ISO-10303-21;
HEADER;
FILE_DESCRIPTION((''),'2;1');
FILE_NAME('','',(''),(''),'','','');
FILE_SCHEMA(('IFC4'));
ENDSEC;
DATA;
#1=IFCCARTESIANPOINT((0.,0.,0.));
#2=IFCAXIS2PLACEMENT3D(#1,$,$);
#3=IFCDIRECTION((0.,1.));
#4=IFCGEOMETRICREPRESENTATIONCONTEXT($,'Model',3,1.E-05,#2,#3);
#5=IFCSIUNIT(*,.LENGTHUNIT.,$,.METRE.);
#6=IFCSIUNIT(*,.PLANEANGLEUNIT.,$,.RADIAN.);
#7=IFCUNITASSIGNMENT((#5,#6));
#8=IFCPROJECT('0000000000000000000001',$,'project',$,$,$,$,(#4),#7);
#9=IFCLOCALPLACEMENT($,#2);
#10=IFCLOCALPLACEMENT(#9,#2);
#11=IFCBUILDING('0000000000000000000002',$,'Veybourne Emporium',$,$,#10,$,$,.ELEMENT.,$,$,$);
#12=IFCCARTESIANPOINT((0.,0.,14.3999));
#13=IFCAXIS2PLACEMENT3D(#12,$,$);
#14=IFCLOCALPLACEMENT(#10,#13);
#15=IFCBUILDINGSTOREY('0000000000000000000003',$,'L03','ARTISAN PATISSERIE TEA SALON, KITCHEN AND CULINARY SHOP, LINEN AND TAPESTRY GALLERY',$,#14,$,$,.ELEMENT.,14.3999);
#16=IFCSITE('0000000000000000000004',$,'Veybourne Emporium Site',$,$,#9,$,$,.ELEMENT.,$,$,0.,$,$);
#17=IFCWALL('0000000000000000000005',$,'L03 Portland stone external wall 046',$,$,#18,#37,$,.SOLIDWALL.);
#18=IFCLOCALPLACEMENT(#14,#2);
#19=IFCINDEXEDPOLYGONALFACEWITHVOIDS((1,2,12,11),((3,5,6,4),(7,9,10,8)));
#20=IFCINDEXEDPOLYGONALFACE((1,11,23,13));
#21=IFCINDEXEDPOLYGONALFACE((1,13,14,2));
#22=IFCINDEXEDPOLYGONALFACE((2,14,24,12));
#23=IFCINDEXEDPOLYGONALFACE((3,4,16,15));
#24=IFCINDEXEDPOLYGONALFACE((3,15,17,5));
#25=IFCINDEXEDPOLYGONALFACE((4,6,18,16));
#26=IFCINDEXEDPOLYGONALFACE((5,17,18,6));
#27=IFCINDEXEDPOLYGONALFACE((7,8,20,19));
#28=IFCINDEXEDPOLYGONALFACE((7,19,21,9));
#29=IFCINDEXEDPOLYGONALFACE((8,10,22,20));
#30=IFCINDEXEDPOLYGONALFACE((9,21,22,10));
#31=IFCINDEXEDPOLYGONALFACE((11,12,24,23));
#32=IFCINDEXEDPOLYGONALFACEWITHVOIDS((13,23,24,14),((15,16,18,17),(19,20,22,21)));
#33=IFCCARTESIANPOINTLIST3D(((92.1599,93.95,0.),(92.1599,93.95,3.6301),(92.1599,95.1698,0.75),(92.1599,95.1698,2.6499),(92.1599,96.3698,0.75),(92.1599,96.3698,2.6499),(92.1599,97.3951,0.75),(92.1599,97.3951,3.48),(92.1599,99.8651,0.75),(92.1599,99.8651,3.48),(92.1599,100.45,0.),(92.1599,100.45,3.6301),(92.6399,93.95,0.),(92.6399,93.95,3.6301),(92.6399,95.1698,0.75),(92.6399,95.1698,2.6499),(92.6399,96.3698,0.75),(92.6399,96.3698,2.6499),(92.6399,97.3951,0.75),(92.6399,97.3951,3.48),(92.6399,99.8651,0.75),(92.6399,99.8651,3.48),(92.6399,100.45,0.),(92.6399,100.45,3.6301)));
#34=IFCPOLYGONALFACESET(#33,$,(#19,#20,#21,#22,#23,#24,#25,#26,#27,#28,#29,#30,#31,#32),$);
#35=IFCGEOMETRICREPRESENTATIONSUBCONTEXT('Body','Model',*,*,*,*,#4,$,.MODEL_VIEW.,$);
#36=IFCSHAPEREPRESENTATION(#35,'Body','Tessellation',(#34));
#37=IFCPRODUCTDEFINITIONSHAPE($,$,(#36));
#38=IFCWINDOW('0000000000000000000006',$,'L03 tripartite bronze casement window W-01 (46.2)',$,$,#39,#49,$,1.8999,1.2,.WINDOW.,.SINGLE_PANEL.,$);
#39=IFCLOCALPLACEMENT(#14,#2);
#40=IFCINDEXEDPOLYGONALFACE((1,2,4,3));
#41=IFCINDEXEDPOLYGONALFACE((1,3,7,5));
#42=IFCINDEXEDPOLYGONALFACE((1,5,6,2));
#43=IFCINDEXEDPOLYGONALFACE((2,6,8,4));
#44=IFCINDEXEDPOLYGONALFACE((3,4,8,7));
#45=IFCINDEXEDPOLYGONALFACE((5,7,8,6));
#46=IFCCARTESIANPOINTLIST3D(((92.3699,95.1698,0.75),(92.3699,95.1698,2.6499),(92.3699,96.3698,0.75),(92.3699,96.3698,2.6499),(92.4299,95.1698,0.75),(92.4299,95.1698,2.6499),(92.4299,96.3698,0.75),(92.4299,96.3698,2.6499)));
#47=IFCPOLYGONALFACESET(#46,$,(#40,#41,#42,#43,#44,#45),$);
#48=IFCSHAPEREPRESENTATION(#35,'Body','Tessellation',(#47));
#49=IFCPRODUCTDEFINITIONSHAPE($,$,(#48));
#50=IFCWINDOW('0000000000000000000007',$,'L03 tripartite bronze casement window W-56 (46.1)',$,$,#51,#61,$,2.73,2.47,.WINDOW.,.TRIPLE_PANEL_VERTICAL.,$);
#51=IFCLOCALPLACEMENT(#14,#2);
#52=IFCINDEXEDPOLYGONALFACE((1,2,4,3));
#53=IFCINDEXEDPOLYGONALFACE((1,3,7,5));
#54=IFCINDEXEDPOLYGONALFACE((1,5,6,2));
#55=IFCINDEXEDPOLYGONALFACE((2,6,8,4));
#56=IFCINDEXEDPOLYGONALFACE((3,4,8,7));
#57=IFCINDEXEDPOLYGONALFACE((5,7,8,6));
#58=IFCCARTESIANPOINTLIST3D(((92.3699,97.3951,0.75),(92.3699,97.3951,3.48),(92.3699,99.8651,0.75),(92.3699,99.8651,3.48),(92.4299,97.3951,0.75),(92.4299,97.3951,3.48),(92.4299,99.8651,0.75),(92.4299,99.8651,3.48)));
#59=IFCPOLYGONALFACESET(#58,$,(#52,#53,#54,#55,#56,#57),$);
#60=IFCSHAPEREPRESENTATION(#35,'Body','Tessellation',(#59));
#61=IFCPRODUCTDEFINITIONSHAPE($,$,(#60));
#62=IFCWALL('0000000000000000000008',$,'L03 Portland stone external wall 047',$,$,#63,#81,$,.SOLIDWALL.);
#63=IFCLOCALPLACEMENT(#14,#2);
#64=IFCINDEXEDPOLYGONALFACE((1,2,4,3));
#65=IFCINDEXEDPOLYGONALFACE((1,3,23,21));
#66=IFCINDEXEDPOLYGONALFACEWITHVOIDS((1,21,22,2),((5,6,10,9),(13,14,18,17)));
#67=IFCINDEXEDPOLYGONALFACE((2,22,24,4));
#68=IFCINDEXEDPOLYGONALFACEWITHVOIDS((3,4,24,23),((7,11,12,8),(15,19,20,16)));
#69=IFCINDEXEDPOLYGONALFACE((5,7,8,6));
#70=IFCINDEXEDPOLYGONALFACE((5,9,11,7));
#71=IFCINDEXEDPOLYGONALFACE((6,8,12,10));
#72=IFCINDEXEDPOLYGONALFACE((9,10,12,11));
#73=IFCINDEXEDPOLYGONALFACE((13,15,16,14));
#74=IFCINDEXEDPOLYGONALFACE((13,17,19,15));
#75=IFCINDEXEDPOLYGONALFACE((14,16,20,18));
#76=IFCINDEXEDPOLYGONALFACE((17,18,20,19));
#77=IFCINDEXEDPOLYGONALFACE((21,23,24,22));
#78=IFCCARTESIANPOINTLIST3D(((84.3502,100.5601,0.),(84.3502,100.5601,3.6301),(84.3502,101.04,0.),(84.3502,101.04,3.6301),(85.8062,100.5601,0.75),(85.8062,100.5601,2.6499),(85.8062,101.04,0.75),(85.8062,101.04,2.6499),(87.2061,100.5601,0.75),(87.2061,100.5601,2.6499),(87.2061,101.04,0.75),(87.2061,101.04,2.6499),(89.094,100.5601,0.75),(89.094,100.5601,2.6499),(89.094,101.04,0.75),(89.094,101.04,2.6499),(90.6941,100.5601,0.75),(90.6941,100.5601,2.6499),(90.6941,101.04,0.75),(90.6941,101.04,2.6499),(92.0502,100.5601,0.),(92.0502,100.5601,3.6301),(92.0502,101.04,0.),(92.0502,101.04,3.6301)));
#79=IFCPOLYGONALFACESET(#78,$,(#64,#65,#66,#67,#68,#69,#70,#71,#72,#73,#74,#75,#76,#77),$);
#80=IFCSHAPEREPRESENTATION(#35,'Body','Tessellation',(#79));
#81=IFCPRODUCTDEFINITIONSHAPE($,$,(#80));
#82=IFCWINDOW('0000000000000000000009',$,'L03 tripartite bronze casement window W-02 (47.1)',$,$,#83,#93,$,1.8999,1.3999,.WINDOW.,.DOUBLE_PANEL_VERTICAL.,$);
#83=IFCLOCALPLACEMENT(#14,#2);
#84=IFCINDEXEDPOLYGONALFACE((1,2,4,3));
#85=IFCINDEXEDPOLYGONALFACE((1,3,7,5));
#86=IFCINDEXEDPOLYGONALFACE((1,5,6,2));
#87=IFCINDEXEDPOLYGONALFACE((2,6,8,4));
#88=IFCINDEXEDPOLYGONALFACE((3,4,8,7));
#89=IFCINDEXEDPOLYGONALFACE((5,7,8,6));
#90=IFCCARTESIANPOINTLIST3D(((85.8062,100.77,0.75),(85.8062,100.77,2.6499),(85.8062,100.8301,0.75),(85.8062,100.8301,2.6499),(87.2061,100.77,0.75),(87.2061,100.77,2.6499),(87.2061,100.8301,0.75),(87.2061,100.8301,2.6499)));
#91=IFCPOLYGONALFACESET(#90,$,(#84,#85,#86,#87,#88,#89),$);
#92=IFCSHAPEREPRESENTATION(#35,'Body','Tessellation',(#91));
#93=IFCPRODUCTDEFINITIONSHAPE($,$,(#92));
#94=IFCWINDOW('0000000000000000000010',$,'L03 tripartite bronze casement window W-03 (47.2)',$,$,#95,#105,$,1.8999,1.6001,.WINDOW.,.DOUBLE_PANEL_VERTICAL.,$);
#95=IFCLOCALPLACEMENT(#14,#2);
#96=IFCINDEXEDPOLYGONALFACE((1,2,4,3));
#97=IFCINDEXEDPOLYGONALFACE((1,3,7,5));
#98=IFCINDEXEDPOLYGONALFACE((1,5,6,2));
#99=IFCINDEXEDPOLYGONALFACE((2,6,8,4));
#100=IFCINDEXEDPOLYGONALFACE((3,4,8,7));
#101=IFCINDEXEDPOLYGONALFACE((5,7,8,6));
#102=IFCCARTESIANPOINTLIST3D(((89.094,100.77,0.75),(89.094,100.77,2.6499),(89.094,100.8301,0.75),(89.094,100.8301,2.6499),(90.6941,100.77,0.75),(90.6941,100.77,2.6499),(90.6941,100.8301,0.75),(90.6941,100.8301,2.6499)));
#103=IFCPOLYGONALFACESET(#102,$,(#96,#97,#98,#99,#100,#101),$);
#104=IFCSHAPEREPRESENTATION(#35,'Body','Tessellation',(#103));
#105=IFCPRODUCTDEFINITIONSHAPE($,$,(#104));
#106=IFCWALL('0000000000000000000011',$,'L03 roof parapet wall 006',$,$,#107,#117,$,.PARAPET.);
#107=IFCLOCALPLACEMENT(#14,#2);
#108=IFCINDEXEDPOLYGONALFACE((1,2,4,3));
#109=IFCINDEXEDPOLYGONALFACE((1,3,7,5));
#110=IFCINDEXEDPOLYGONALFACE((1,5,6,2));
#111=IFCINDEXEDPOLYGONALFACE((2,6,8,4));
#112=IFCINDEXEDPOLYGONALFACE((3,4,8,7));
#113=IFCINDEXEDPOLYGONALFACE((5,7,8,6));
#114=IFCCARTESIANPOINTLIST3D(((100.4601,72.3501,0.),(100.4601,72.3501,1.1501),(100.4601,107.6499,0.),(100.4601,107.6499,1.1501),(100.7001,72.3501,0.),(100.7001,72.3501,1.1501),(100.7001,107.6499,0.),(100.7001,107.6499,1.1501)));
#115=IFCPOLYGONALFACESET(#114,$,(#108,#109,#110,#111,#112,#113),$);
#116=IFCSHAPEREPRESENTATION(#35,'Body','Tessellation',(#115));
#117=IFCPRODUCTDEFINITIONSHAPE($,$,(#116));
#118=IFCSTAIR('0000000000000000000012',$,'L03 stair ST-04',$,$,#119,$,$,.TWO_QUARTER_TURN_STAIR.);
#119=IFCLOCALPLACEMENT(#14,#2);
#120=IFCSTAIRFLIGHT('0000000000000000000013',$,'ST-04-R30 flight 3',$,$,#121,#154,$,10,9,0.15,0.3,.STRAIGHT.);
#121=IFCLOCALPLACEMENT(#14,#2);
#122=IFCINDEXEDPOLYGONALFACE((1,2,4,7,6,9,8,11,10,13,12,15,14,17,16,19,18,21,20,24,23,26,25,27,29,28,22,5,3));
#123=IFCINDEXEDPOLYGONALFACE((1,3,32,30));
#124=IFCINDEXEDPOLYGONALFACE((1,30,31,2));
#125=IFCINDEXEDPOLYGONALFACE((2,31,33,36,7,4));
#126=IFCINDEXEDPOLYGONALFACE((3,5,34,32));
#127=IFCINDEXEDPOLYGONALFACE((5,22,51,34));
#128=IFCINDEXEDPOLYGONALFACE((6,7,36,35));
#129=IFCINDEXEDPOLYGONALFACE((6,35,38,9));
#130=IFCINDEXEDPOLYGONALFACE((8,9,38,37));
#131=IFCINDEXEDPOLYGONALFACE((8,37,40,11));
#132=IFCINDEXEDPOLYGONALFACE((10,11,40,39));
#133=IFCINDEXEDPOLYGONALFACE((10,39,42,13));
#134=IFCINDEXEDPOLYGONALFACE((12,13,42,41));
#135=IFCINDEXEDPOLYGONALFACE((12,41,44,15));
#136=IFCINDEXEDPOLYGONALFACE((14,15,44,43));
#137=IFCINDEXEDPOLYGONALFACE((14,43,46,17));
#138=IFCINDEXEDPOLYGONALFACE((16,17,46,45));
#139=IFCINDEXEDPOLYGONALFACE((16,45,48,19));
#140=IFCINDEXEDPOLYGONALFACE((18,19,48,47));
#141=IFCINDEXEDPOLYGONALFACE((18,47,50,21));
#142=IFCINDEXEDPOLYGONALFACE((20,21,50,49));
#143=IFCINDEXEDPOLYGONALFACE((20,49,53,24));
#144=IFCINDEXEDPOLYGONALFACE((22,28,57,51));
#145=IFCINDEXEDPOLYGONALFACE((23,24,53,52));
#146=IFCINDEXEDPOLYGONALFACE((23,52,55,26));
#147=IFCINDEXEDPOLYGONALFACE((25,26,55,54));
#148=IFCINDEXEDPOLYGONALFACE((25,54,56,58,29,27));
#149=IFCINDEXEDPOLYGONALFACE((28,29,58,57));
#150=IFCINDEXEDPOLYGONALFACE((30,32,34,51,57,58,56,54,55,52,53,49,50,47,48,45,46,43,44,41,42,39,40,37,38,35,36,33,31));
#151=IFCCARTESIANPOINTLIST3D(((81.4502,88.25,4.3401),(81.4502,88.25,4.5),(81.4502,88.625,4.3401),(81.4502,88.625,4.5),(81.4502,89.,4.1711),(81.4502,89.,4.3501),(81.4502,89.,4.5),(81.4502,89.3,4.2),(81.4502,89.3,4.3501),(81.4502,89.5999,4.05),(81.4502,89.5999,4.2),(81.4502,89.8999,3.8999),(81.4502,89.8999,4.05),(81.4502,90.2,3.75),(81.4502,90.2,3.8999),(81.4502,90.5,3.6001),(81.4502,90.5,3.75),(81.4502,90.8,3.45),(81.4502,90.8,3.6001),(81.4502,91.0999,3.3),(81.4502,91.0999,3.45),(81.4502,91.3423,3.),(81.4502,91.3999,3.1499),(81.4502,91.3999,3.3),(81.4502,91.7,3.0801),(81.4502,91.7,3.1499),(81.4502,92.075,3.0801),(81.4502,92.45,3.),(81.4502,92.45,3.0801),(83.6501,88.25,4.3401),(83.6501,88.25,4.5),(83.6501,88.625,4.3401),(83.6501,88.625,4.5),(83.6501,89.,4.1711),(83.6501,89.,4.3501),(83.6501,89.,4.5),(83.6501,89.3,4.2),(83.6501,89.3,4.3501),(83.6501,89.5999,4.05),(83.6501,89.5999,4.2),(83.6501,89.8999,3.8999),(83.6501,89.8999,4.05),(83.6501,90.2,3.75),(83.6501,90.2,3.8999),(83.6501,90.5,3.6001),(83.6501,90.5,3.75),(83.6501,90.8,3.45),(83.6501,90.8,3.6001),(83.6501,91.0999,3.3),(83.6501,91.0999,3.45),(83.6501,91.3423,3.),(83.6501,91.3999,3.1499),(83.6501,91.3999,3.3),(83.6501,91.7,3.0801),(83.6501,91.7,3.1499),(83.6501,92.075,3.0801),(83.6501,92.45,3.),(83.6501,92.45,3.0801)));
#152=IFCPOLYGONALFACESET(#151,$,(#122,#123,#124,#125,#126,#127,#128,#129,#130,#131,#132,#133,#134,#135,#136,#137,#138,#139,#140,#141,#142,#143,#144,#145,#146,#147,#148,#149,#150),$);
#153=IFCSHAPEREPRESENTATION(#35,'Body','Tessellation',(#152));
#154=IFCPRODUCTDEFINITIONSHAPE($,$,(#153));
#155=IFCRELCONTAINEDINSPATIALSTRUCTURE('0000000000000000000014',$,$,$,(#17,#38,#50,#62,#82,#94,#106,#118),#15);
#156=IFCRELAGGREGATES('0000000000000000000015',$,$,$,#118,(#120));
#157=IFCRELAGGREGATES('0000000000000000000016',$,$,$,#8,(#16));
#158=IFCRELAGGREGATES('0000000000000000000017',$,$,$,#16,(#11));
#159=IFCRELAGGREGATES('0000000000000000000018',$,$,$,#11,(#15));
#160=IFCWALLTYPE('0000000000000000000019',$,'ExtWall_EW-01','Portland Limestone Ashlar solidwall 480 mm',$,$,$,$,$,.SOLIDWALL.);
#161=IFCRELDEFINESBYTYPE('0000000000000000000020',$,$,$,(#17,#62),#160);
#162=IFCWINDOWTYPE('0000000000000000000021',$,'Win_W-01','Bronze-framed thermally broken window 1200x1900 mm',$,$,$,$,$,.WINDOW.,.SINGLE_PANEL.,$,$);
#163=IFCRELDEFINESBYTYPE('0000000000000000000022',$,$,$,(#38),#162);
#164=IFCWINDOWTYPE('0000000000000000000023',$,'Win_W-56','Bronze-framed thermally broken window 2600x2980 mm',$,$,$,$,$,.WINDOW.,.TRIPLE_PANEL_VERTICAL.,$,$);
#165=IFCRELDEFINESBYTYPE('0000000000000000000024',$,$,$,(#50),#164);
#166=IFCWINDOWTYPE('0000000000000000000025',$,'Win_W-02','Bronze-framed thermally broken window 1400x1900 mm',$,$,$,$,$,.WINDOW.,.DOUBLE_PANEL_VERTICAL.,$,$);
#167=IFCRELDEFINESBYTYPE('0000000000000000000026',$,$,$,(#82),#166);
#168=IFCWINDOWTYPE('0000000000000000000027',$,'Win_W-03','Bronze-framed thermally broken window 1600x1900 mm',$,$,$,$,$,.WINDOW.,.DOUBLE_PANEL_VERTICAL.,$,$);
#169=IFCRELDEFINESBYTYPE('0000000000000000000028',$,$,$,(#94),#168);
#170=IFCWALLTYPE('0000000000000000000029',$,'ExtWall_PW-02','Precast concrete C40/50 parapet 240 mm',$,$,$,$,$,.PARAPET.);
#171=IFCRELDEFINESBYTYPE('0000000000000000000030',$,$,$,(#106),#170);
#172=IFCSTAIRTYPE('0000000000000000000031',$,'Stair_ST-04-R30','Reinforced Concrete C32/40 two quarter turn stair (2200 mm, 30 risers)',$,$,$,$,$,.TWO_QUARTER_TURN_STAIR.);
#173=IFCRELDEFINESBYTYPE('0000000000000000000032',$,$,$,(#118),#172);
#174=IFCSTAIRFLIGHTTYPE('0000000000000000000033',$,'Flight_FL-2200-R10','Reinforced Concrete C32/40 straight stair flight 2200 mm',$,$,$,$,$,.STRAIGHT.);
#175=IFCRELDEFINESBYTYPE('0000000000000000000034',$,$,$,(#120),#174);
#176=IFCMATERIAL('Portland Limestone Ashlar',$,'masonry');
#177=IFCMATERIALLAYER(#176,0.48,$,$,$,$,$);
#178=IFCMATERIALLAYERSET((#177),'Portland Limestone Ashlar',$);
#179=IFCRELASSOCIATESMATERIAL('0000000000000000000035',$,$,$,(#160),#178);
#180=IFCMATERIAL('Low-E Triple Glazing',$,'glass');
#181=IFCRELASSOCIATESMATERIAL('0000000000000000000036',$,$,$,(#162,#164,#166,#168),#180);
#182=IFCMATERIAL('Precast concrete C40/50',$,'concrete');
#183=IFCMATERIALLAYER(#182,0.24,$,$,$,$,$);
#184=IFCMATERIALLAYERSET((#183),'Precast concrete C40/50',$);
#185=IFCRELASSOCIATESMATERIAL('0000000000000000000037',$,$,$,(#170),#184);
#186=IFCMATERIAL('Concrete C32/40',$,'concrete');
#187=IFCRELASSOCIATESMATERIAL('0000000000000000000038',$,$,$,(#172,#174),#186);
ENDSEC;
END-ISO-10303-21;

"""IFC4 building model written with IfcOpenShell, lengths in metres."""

from ifc_helpers import new_model, si_unit, direction, frame, frame_2d, origin, place, context, subcontext, project, spatial, polyline, rectangle, outline, extrude, material, layer, layer_set, type_object, element, fill, aggregate, save


model = new_model("IFC4")

# Units and contexts
model_context = context("Model", 3, precision=1e-05, world=origin(), true_north=direction((0.0, 1.0)))
body_context = subcontext(model_context, "Body", "Model", "MODEL_VIEW")
ifc_project = project(units=[si_unit("LENGTHUNIT", "METRE"), si_unit("PLANEANGLEUNIT", "RADIAN")], contexts=[model_context])

# Site, building, storey
site_placement = place(None, origin())
site = spatial("IfcSite", under=ifc_project, at=site_placement, Name="Veybourne Emporium Site", CompositionType="ELEMENT", RefElevation=0.0)
building_placement = place(site_placement, origin())
building = spatial("IfcBuilding", under=site, at=building_placement, Name="Veybourne Emporium", CompositionType="ELEMENT")
storey_placement = place(building_placement, frame((0.0, 0.0, 14.3999)))
storey = spatial("IfcBuildingStorey", under=building, at=storey_placement, Name="L03", Description="ARTISAN PATISSERIE TEA SALON, KITCHEN AND CULINARY SHOP, LINEN AND TAPESTRY GALLERY", CompositionType="ELEMENT", Elevation=14.3999)

# Shared definitions
ifc_material_1 = material(Name="Concrete C32/40", Category="concrete")

# Shared definitions
ifc_material_2 = material(Name="Low-E Triple Glazing", Category="glass")

# Walls, openings, windows
ifc_material_3 = material(Name="Portland Limestone Ashlar", Category="masonry")
ifc_layer_1 = layer(ifc_material_3, 0.48)
ifc_layer_set_1 = layer_set([ifc_layer_1], Name="Portland Limestone Ashlar")
wall_type_1 = type_object("IfcWallType", Name="ExtWall_EW-01", Description="Portland Limestone Ashlar solidwall 480 mm", PredefinedType="SOLIDWALL", material=ifc_layer_set_1)
wall_1_placement = place(storey_placement, frame((92.3999, 100.45, 0.0), z_axis=(0.0, 0.0, 1.0), x_axis=(0.0, -1.0, 0.0)))
wall_1 = element("IfcWall", 1, at=wall_1_placement, inside=storey, type_object=wall_type_1, Name="L03 Portland stone external wall 046", PredefinedType="SOLIDWALL", context=body_context, shape_type="SweptSolid", body=[
    extrude(rectangle(XDim=6.5, YDim=0.48, at=frame_2d((3.25, 0.0))), origin(), (0.0, 0.0, 1.0), 3.6301),
])
opening_1_placement = place(wall_1_placement, frame((0.585, 0.0, 0.75)))
opening_1 = element("IfcOpeningElement", 2, at=opening_1_placement, cuts=wall_1, PredefinedType="OPENING", context=body_context, shape_type="SweptSolid", body=[
    extrude(rectangle(XDim=2.47, YDim=2.73, at=frame_2d((1.2349, 1.365))), frame((0.0, 0.26, 0.0), z_axis=(0.0, -1.0, 0.0), x_axis=(1.0, 0.0, 0.0)), (0.0, 0.0, 1.0), 0.52),
])
opening_2_placement = place(wall_1_placement, frame((4.0801, 0.0, 0.75)))
opening_2 = element("IfcOpeningElement", 3, at=opening_2_placement, cuts=wall_1, PredefinedType="OPENING", context=body_context, shape_type="SweptSolid", body=[
    extrude(rectangle(XDim=1.2, YDim=1.8999, at=frame_2d((0.6001, 0.95))), frame((0.0, 0.26, 0.0), z_axis=(0.0, -1.0, 0.0), x_axis=(1.0, 0.0, 0.0)), (0.0, 0.0, 1.0), 0.52),
])
window_type_1 = type_object("IfcWindowType", Name="Win_W-01", Description="Bronze-framed thermally broken window 1200x1900 mm", PartitioningType="SINGLE_PANEL", PredefinedType="WINDOW", material=ifc_material_2)
window_1_placement = place(opening_2_placement, origin())
window_1 = element("IfcWindow", 4, at=window_1_placement, inside=storey, type_object=window_type_1, Name="L03 tripartite bronze casement window W-01 (46.2)", OverallHeight=1.8999, OverallWidth=1.2, PartitioningType="SINGLE_PANEL", PredefinedType="WINDOW", context=body_context, shape_type="SweptSolid", body=[
    extrude(rectangle(XDim=1.2, YDim=1.8999, at=frame_2d((0.6001, 0.95))), frame((0.0, 0.03, 0.0), z_axis=(0.0, -1.0, 0.0), x_axis=(1.0, 0.0, 0.0)), (0.0, 0.0, 1.0), 0.0601),
])
fill(opening_2, window_1)
window_type_2 = type_object("IfcWindowType", Name="Win_W-56", Description="Bronze-framed thermally broken window 2600x2980 mm", PartitioningType="TRIPLE_PANEL_VERTICAL", PredefinedType="WINDOW", material=ifc_material_2)
window_2_placement = place(opening_1_placement, origin())
window_2 = element("IfcWindow", 5, at=window_2_placement, inside=storey, type_object=window_type_2, Name="L03 tripartite bronze casement window W-56 (46.1)", OverallHeight=2.73, OverallWidth=2.47, PartitioningType="TRIPLE_PANEL_VERTICAL", PredefinedType="WINDOW", context=body_context, shape_type="SweptSolid", body=[
    extrude(rectangle(XDim=2.47, YDim=2.73, at=frame_2d((1.2349, 1.365))), frame((0.0, 0.03, 0.0), z_axis=(0.0, -1.0, 0.0), x_axis=(1.0, 0.0, 0.0)), (0.0, 0.0, 1.0), 0.0601),
])
fill(opening_1, window_2)
wall_2_placement = place(storey_placement, frame((84.3501, 100.8, 0.0), z_axis=(0.0, 0.0, 1.0), x_axis=(1.0, 0.0, 0.0)))
wall_2 = element("IfcWall", 6, at=wall_2_placement, inside=storey, type_object=wall_type_1, Name="L03 Portland stone external wall 047", PredefinedType="SOLIDWALL", context=body_context, shape_type="SweptSolid", body=[
    extrude(rectangle(XDim=7.7, YDim=0.48, at=frame_2d((3.8501, 0.0))), origin(), (0.0, 0.0, 1.0), 3.6301),
])
opening_3_placement = place(wall_2_placement, frame((1.4561, 0.0, 0.75)))
opening_3 = element("IfcOpeningElement", 7, at=opening_3_placement, cuts=wall_2, PredefinedType="OPENING", context=body_context, shape_type="SweptSolid", body=[
    extrude(rectangle(XDim=1.3999, YDim=1.8999, at=frame_2d((0.7, 0.95))), frame((0.0, 0.26, 0.0), z_axis=(0.0, -1.0, 0.0), x_axis=(1.0, 0.0, 0.0)), (0.0, 0.0, 1.0), 0.52),
])
opening_4_placement = place(wall_2_placement, frame((4.7439, 0.0, 0.75)))
opening_4 = element("IfcOpeningElement", 8, at=opening_4_placement, cuts=wall_2, PredefinedType="OPENING", context=body_context, shape_type="SweptSolid", body=[
    extrude(rectangle(XDim=1.6001, YDim=1.8999, at=frame_2d((0.8, 0.95))), frame((0.0, 0.26, 0.0), z_axis=(0.0, -1.0, 0.0), x_axis=(1.0, 0.0, 0.0)), (0.0, 0.0, 1.0), 0.52),
])
window_type_3 = type_object("IfcWindowType", Name="Win_W-02", Description="Bronze-framed thermally broken window 1400x1900 mm", PartitioningType="DOUBLE_PANEL_VERTICAL", PredefinedType="WINDOW", material=ifc_material_2)
window_3_placement = place(opening_3_placement, origin())
window_3 = element("IfcWindow", 9, at=window_3_placement, inside=storey, type_object=window_type_3, Name="L03 tripartite bronze casement window W-02 (47.1)", OverallHeight=1.8999, OverallWidth=1.3999, PartitioningType="DOUBLE_PANEL_VERTICAL", PredefinedType="WINDOW", context=body_context, shape_type="SweptSolid", body=[
    extrude(rectangle(XDim=1.3999, YDim=1.8999, at=frame_2d((0.7, 0.95))), frame((0.0, 0.03, 0.0), z_axis=(0.0, -1.0, 0.0), x_axis=(1.0, 0.0, 0.0)), (0.0, 0.0, 1.0), 0.0601),
])
fill(opening_3, window_3)
window_type_4 = type_object("IfcWindowType", Name="Win_W-03", Description="Bronze-framed thermally broken window 1600x1900 mm", PartitioningType="DOUBLE_PANEL_VERTICAL", PredefinedType="WINDOW", material=ifc_material_2)
window_4_placement = place(opening_4_placement, origin())
window_4 = element("IfcWindow", 10, at=window_4_placement, inside=storey, type_object=window_type_4, Name="L03 tripartite bronze casement window W-03 (47.2)", OverallHeight=1.8999, OverallWidth=1.6001, PartitioningType="DOUBLE_PANEL_VERTICAL", PredefinedType="WINDOW", context=body_context, shape_type="SweptSolid", body=[
    extrude(rectangle(XDim=1.6001, YDim=1.8999, at=frame_2d((0.8, 0.95))), frame((0.0, 0.03, 0.0), z_axis=(0.0, -1.0, 0.0), x_axis=(1.0, 0.0, 0.0)), (0.0, 0.0, 1.0), 0.0601),
])
fill(opening_4, window_4)

# Wall
ifc_material_4 = material(Name="Precast concrete C40/50", Category="concrete")
ifc_layer_2 = layer(ifc_material_4, 0.24)
ifc_layer_set_2 = layer_set([ifc_layer_2], Name="Precast concrete C40/50")
wall_type_2 = type_object("IfcWallType", Name="ExtWall_PW-02", Description="Precast concrete C40/50 parapet 240 mm", PredefinedType="PARAPET", material=ifc_layer_set_2)
wall_3_placement = place(storey_placement, frame((100.5801, 107.6499, 0.0), z_axis=(0.0, 0.0, 1.0), x_axis=(0.0, -1.0, 0.0)))
element("IfcWall", 11, at=wall_3_placement, inside=storey, type_object=wall_type_2, Name="L03 roof parapet wall 006", PredefinedType="PARAPET", context=body_context, shape_type="SweptSolid", body=[
    extrude(rectangle(XDim=35.2998, YDim=0.24, at=frame_2d((17.6499, 0.0))), origin(), (0.0, 0.0, 1.0), 1.1501),
])

# Stair, stair flight
stair_type = type_object("IfcStairType", Name="Stair_ST-04-R30", Description="Reinforced Concrete C32/40 two quarter turn stair (2200 mm, 30 risers)", PredefinedType="TWO_QUARTER_TURN_STAIR", material=ifc_material_1)
stair_placement = place(storey_placement, origin())
stair = element("IfcStair", 12, at=stair_placement, inside=storey, type_object=stair_type, Name="L03 stair ST-04", PredefinedType="TWO_QUARTER_TURN_STAIR")
stair_flight_type = type_object("IfcStairFlightType", Name="Flight_FL-2200-R10", Description="Reinforced Concrete C32/40 straight stair flight 2200 mm", PredefinedType="STRAIGHT", material=ifc_material_1)
stair_flight_placement = place(storey_placement, frame((82.55, 91.7, 3.0), z_axis=(0.0, 0.0, 1.0), x_axis=(0.0, -1.0, 0.0)))
stair_flight = element("IfcStairFlight", 13, at=stair_flight_placement, type_object=stair_flight_type, Name="ST-04-R30 flight 3", NumberOfRisers=10, NumberOfTreads=9, PredefinedType="STRAIGHT", RiserHeight=0.15, TreadLength=0.3, context=body_context, shape_type="SweptSolid", body=[
    extrude(outline(polyline([(-0.75, 0.0), (-0.75, 0.0801), (-0.375, 0.0801), (0.0, 0.0801), (0.0, 0.1499), (0.3, 0.1499), (0.3, 0.3), (0.6001, 0.3), (0.6001, 0.45), (0.8999, 0.45), (0.8999, 0.6001), (1.2, 0.6001), (1.2, 0.75), (1.5, 0.75), (1.5, 0.8999), (1.8, 0.8999), (1.8, 1.05), (2.1001, 1.05), (2.1001, 1.2), (2.3999, 1.2), (2.3999, 1.3501), (2.7, 1.3501), (2.7, 1.5), (3.075, 1.5), (3.45, 1.5), (3.45, 1.3401), (3.075, 1.3401), (2.7, 1.1711), (0.3577, 0.0), (-0.75, 0.0)])), frame((0.0, 1.1001, 0.0), z_axis=(0.0, -1.0, 0.0), x_axis=(1.0, 0.0, 0.0)), (0.0, 0.0, 1.0), 2.2),
])
aggregate(stair, [stair_flight])

save(model, "model.ifc")
